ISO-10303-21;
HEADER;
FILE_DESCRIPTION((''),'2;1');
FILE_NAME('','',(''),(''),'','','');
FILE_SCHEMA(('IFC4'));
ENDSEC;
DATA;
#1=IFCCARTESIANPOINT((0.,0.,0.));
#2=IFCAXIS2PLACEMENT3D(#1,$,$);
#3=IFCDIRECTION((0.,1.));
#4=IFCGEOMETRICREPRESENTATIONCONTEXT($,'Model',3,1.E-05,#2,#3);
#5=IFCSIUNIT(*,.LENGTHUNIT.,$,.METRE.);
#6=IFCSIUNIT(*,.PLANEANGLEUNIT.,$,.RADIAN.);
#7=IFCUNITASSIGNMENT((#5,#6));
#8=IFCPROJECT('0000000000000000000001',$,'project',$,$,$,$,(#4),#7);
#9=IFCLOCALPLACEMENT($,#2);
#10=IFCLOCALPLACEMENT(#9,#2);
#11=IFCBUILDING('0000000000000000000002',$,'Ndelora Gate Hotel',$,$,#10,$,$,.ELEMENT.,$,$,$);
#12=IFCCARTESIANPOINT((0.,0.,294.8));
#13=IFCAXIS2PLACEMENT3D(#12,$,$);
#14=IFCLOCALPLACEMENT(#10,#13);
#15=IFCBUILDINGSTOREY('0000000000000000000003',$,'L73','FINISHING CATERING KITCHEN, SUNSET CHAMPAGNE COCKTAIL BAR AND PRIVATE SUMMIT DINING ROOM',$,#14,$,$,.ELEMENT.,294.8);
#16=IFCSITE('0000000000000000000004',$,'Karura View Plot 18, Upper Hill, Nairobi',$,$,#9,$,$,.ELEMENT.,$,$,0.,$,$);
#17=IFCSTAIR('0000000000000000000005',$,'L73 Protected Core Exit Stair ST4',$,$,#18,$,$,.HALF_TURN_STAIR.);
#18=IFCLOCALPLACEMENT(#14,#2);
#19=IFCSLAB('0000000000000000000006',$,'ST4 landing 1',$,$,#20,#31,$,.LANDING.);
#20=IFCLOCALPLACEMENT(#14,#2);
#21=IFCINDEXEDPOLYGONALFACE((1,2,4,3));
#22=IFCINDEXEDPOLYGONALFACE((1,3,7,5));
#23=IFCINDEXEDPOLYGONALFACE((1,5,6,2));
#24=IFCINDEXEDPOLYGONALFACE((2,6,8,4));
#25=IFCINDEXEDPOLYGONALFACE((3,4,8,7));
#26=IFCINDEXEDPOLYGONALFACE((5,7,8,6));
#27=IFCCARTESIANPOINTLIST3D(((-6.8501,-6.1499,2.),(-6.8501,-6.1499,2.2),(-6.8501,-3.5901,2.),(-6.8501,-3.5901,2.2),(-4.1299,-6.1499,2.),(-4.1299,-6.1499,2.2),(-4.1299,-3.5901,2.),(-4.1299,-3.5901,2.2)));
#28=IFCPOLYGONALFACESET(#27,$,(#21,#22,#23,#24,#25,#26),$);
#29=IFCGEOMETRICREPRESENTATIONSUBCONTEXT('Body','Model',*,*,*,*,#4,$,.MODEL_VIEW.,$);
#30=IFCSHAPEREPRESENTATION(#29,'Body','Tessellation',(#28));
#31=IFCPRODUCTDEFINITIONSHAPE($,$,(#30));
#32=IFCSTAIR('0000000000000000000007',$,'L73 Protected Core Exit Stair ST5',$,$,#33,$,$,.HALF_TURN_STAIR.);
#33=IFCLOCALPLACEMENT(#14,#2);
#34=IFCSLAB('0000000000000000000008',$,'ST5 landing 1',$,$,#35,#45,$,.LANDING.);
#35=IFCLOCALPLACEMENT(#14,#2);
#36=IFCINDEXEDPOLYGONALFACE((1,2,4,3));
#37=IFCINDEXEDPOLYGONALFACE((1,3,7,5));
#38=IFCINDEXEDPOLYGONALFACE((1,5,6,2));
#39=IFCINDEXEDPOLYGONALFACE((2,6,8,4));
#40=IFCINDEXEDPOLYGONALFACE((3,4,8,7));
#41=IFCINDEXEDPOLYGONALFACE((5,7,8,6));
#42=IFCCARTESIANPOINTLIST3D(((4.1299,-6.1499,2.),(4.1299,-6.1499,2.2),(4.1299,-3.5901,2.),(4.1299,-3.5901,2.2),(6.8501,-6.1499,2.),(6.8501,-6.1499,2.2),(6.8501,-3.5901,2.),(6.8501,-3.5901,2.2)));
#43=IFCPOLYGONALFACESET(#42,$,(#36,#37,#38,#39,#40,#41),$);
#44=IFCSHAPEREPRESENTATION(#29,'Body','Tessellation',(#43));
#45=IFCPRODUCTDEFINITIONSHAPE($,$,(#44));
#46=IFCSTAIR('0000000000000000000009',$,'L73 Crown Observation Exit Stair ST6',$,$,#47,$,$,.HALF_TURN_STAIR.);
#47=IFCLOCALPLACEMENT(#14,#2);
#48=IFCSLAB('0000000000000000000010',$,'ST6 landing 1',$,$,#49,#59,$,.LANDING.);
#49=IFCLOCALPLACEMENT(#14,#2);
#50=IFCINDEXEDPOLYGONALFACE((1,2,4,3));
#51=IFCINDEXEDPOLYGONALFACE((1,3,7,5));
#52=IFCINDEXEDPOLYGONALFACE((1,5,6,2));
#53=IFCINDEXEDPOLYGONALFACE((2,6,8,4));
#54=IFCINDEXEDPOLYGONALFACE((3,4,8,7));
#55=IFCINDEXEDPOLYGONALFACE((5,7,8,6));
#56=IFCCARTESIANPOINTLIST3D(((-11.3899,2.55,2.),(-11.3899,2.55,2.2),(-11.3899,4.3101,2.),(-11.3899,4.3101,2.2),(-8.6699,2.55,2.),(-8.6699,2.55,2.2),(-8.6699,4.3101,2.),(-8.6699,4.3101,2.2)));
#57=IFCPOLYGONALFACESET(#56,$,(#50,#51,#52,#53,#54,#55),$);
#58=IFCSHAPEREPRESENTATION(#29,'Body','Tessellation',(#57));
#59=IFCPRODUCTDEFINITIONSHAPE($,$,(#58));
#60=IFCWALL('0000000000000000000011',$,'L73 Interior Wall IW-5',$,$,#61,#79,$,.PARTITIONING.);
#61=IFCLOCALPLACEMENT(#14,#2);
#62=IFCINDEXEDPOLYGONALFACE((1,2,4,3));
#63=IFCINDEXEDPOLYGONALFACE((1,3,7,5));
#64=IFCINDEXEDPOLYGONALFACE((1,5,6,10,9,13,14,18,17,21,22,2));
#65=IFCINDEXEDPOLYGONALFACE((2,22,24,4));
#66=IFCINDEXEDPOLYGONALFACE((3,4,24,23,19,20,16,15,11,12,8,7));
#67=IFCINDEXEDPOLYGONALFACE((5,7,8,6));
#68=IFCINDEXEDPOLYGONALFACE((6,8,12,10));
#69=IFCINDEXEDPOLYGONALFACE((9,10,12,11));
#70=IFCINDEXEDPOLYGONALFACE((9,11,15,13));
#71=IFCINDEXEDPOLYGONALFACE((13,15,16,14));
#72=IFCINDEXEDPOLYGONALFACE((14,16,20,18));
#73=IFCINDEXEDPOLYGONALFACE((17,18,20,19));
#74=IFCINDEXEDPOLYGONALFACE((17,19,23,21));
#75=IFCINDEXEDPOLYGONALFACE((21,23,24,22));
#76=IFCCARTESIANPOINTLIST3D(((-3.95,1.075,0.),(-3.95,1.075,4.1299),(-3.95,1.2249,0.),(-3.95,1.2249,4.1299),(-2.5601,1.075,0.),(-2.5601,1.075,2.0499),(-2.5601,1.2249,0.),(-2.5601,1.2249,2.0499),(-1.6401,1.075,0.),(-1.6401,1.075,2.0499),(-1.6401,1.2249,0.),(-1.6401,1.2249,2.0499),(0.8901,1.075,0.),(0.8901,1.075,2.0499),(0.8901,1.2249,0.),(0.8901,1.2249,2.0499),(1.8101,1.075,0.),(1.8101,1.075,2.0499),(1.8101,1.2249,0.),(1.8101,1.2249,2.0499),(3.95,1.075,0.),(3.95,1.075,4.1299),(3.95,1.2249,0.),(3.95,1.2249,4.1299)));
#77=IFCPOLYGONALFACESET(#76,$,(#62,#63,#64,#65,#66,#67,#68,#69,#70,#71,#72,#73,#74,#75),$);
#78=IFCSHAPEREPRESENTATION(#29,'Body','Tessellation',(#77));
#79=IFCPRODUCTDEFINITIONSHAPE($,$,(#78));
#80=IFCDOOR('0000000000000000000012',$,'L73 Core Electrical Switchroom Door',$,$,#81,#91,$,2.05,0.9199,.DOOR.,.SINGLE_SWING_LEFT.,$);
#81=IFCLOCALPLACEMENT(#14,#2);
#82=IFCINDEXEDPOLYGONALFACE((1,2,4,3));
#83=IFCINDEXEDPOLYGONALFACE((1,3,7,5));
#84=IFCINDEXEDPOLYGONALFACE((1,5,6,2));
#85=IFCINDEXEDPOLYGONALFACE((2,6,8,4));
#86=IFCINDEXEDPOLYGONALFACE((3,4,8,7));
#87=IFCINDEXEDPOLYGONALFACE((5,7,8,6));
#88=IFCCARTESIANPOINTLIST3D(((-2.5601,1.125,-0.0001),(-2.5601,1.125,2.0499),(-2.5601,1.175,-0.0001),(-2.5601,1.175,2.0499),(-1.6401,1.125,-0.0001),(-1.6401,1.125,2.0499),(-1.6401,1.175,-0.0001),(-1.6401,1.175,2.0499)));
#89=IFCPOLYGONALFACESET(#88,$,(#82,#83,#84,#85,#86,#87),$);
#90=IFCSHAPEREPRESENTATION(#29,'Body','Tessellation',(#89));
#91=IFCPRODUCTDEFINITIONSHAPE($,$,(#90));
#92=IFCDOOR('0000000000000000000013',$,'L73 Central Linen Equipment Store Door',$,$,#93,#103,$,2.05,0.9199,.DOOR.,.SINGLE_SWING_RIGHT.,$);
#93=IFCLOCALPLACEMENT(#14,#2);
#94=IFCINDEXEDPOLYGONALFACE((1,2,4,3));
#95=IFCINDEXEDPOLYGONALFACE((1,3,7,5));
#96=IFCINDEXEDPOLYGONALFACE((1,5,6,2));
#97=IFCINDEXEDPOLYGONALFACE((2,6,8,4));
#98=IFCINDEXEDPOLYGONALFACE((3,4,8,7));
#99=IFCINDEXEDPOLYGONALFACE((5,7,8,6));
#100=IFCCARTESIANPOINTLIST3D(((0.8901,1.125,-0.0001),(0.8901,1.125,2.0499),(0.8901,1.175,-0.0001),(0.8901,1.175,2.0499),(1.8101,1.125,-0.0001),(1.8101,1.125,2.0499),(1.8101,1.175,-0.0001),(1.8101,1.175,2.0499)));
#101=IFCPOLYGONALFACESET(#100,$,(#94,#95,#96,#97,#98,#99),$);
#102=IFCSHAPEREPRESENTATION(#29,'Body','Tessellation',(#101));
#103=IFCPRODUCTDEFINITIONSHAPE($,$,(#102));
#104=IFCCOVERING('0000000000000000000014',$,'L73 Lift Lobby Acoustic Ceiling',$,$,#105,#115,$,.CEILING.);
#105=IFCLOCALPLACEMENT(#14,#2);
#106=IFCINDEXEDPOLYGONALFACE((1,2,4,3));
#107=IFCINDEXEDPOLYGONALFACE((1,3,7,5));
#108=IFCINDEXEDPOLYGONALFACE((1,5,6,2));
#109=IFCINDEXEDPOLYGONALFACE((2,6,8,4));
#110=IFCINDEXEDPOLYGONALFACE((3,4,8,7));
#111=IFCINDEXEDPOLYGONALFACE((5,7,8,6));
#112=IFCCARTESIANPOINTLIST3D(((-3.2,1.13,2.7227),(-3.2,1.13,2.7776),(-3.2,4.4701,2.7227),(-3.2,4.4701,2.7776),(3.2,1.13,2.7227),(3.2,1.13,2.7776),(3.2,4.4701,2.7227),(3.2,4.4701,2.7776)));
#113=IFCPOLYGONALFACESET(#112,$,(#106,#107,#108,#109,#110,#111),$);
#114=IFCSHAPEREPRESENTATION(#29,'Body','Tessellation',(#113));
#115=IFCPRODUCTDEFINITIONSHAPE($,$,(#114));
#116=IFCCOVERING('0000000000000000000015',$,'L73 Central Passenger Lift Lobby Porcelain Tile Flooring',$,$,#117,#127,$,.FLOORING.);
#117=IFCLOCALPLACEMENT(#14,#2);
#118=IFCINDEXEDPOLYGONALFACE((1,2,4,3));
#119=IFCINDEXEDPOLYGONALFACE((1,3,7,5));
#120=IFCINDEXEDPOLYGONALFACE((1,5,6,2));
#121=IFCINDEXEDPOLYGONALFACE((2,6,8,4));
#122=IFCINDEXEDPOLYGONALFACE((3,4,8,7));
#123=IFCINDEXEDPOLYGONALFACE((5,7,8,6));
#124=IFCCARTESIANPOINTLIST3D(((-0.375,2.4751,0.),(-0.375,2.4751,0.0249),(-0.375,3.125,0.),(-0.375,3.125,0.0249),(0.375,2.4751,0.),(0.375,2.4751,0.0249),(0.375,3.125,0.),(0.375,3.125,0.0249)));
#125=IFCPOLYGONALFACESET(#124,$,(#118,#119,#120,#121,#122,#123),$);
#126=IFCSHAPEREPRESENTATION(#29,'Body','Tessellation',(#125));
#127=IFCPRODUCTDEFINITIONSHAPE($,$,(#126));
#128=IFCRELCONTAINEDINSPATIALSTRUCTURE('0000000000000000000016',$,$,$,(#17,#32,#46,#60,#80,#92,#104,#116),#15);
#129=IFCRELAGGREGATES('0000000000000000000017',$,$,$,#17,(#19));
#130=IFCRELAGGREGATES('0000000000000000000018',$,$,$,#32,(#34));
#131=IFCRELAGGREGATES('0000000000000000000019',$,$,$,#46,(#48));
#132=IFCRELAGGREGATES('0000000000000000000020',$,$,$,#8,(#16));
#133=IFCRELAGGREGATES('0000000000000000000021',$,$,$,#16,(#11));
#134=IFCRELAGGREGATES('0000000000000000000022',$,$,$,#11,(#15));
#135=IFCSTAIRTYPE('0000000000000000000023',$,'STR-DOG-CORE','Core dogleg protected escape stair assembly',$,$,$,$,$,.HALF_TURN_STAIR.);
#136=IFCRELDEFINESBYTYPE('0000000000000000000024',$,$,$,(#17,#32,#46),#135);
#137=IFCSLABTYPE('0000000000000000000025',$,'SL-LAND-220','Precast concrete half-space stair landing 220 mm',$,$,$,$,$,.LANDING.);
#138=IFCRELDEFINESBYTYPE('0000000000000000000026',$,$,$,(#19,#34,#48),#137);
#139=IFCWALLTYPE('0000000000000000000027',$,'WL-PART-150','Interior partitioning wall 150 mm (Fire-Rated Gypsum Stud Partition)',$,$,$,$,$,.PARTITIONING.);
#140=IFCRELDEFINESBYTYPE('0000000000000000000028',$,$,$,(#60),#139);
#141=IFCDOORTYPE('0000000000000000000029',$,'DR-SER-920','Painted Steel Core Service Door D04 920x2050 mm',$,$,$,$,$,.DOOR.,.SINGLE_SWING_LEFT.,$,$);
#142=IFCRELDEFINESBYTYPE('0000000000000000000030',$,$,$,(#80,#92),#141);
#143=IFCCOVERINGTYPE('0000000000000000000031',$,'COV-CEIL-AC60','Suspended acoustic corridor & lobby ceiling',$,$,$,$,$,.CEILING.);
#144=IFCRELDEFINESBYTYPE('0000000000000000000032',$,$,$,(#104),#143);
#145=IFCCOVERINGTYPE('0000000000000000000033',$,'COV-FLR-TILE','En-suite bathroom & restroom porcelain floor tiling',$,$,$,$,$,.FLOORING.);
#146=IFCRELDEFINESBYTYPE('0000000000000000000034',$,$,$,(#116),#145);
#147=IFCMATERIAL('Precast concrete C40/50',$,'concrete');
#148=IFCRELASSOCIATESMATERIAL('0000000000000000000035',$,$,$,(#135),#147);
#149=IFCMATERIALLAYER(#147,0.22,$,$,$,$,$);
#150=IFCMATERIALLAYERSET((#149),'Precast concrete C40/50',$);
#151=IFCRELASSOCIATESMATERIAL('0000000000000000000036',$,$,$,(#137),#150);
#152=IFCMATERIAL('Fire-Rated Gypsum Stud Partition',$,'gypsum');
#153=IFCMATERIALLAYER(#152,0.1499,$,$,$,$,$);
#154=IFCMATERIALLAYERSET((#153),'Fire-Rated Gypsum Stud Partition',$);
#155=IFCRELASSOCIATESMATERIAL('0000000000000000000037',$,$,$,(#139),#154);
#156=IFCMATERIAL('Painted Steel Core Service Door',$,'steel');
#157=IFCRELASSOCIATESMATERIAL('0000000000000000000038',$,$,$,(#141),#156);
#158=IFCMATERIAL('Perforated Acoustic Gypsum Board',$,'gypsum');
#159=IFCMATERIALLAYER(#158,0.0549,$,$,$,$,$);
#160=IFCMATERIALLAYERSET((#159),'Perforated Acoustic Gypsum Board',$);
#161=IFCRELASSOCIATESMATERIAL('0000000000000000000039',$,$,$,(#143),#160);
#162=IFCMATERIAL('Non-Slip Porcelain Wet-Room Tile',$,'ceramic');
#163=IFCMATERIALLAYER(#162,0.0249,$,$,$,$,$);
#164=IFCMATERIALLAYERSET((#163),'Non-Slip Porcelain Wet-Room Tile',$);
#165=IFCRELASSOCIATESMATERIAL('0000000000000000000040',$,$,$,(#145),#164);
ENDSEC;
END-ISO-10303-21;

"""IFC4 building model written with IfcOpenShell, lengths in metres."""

from ifc_helpers import new_model, si_unit, direction, frame, frame_2d, origin, origin_2d, place, context, subcontext, project, spatial, polyline, rectangle, outline, extrude, material, layer, layer_set, type_object, element, fill, aggregate, save


model = new_model("IFC4")

# Units and contexts
model_context = context("Model", 3, precision=1e-05, world=origin(), true_north=direction((0.0, 1.0)))
body_context = subcontext(model_context, "Body", "Model", "MODEL_VIEW")
ifc_project = project(units=[si_unit("LENGTHUNIT", "METRE"), si_unit("PLANEANGLEUNIT", "RADIAN")], contexts=[model_context])

# Site, building, storey
site_placement = place(None, origin())
site = spatial("IfcSite", under=ifc_project, at=site_placement, Name="Karura View Plot 18, Upper Hill, Nairobi", CompositionType="ELEMENT", RefElevation=0.0)
building_placement = place(site_placement, origin())
building = spatial("IfcBuilding", under=site, at=building_placement, Name="Ndelora Gate Hotel", CompositionType="ELEMENT")
storey_placement = place(building_placement, frame((0.0, 0.0, 294.8)))
storey = spatial("IfcBuildingStorey", under=building, at=storey_placement, Name="L73", Description="FINISHING CATERING KITCHEN, SUNSET CHAMPAGNE COCKTAIL BAR AND PRIVATE SUMMIT DINING ROOM", CompositionType="ELEMENT", Elevation=294.8)

# Stairs, slabs
ifc_material_1 = material(Name="Precast concrete C40/50", Category="concrete")
stair_type = type_object("IfcStairType", Name="STR-DOG-CORE", Description="Core dogleg protected escape stair assembly", PredefinedType="HALF_TURN_STAIR", material=ifc_material_1)
stair_1_placement = place(storey_placement, origin())
stair_1 = element("IfcStair", 1, at=stair_1_placement, inside=storey, type_object=stair_type, Name="L73 Protected Core Exit Stair ST4", PredefinedType="HALF_TURN_STAIR")
ifc_layer_1 = layer(ifc_material_1, 0.22)
ifc_layer_set_1 = layer_set([ifc_layer_1], Name="Precast concrete C40/50")
slab_type = type_object("IfcSlabType", Name="SL-LAND-220", Description="Precast concrete half-space stair landing 220 mm", PredefinedType="LANDING", material=ifc_layer_set_1)
slab_1_placement = place(storey_placement, frame((0.0, 0.0, 2.0)))
slab_1 = element("IfcSlab", 2, at=slab_1_placement, type_object=slab_type, Name="ST4 landing 1", PredefinedType="LANDING", context=body_context, shape_type="SweptSolid", body=[
    extrude(outline(polyline([(-6.8501, -3.5901), (-6.8501, -6.1499), (-4.1299, -6.1499), (-4.1299, -3.5901), (-6.8501, -3.5901)])), origin(), (0.0, 0.0, 1.0), 0.2),
])
aggregate(stair_1, [slab_1])
stair_2_placement = place(storey_placement, origin())
stair_2 = element("IfcStair", 3, at=stair_2_placement, inside=storey, type_object=stair_type, Name="L73 Protected Core Exit Stair ST5", PredefinedType="HALF_TURN_STAIR")
slab_2_placement = place(storey_placement, frame((0.0, 0.0, 2.0)))
slab_2 = element("IfcSlab", 4, at=slab_2_placement, type_object=slab_type, Name="ST5 landing 1", PredefinedType="LANDING", context=body_context, shape_type="SweptSolid", body=[
    extrude(outline(polyline([(4.1299, -3.5901), (4.1299, -6.1499), (6.8501, -6.1499), (6.8501, -3.5901), (4.1299, -3.5901)])), origin(), (0.0, 0.0, 1.0), 0.2),
])
aggregate(stair_2, [slab_2])
stair_3_placement = place(storey_placement, origin())
stair_3 = element("IfcStair", 5, at=stair_3_placement, inside=storey, type_object=stair_type, Name="L73 Crown Observation Exit Stair ST6", PredefinedType="HALF_TURN_STAIR")
slab_3_placement = place(storey_placement, frame((0.0, 0.0, 2.0)))
slab_3 = element("IfcSlab", 6, at=slab_3_placement, type_object=slab_type, Name="ST6 landing 1", PredefinedType="LANDING", context=body_context, shape_type="SweptSolid", body=[
    extrude(outline(polyline([(-11.3899, 4.3101), (-11.3899, 2.55), (-8.6699, 2.55), (-8.6699, 4.3101), (-11.3899, 4.3101)])), origin(), (0.0, 0.0, 1.0), 0.2),
])
aggregate(stair_3, [slab_3])

# Wall, openings, doors
ifc_material_2 = material(Name="Fire-Rated Gypsum Stud Partition", Category="gypsum")
ifc_layer_2 = layer(ifc_material_2, 0.1499)
ifc_layer_set_2 = layer_set([ifc_layer_2], Name="Fire-Rated Gypsum Stud Partition")
wall_type_1 = type_object("IfcWallType", Name="WL-PART-150", Description="Interior partitioning wall 150 mm (Fire-Rated Gypsum Stud Partition)", PredefinedType="PARTITIONING", material=ifc_layer_set_2)
wall_1_placement = place(storey_placement, frame((3.95, 1.1499, 0.0), z_axis=(0.0, 0.0, 1.0), x_axis=(-1.0, 0.0, 0.0)))
wall_1 = element("IfcWall", 7, at=wall_1_placement, inside=storey, type_object=wall_type_1, Name="L73 Interior Wall IW-5", PredefinedType="PARTITIONING", context=body_context, shape_type="SweptSolid", body=[
    extrude(rectangle(XDim=7.8999, YDim=0.1499, at=frame_2d((3.95, 0.0))), origin(), (0.0, 0.0, 1.0), 4.1299),
])
opening_1_placement = place(wall_1_placement, frame((5.5901, 0.0, 0.0)))
opening_1 = element("IfcOpeningElement", 8, at=opening_1_placement, cuts=wall_1, PredefinedType="OPENING", context=body_context, shape_type="SweptSolid", body=[
    extrude(rectangle(XDim=0.9199, YDim=2.05, at=frame_2d((0.46, 1.0249))), frame((0.0, 0.085, 0.0), z_axis=(0.0, -1.0, 0.0), x_axis=(1.0, 0.0, 0.0)), (0.0, 0.0, 1.0), 0.1699),
])
opening_2_placement = place(wall_1_placement, frame((2.1399, 0.0, 0.0)))
opening_2 = element("IfcOpeningElement", 9, at=opening_2_placement, cuts=wall_1, PredefinedType="OPENING", context=body_context, shape_type="SweptSolid", body=[
    extrude(rectangle(XDim=0.9199, YDim=2.05, at=frame_2d((0.46, 1.0249))), frame((0.0, 0.085, 0.0), z_axis=(0.0, -1.0, 0.0), x_axis=(1.0, 0.0, 0.0)), (0.0, 0.0, 1.0), 0.1699),
])
ifc_material_3 = material(Name="Painted Steel Core Service Door", Category="steel")
door_type_1 = type_object("IfcDoorType", Name="DR-SER-920", Description="Painted Steel Core Service Door D04 920x2050 mm", OperationType="SINGLE_SWING_LEFT", PredefinedType="DOOR", material=ifc_material_3)
door_1_placement = place(opening_1_placement, origin())
door_1 = element("IfcDoor", 10, at=door_1_placement, inside=storey, type_object=door_type_1, Name="L73 Core Electrical Switchroom Door", OperationType="SINGLE_SWING_LEFT", OverallHeight=2.05, OverallWidth=0.9199, PredefinedType="DOOR", context=body_context, shape_type="SweptSolid", body=[
    extrude(rectangle(XDim=0.9199, YDim=2.05, at=frame_2d((0.46, 1.0249))), frame((0.0, 0.0249, 0.0), z_axis=(0.0, -1.0, 0.0), x_axis=(1.0, 0.0, 0.0)), (0.0, 0.0, 1.0), 0.05),
])
fill(opening_1, door_1)
door_2_placement = place(opening_2_placement, origin())
door_2 = element("IfcDoor", 11, at=door_2_placement, inside=storey, type_object=door_type_1, Name="L73 Central Linen Equipment Store Door", OperationType="SINGLE_SWING_RIGHT", OverallHeight=2.05, OverallWidth=0.9199, PredefinedType="DOOR", context=body_context, shape_type="SweptSolid", body=[
    extrude(rectangle(XDim=0.9199, YDim=2.05, at=frame_2d((0.46, 1.0249))), frame((0.0, 0.0249, 0.0), z_axis=(0.0, -1.0, 0.0), x_axis=(1.0, 0.0, 0.0)), (0.0, 0.0, 1.0), 0.05),
])
fill(opening_2, door_2)

# Coverings
ifc_material_4 = material(Name="Perforated Acoustic Gypsum Board", Category="gypsum")
ifc_layer_3 = layer(ifc_material_4, 0.0549)
ifc_layer_set_3 = layer_set([ifc_layer_3], Name="Perforated Acoustic Gypsum Board")
covering_type_1 = type_object("IfcCoveringType", Name="COV-CEIL-AC60", Description="Suspended acoustic corridor & lobby ceiling", PredefinedType="CEILING", material=ifc_layer_set_3)
covering_1_placement = place(storey_placement, frame((0.0, 2.8, 2.7227), z_axis=(0.0, 0.0, 1.0), x_axis=(1.0, 0.0, 0.0)))
element("IfcCovering", 12, at=covering_1_placement, inside=storey, type_object=covering_type_1, Name="L73 Lift Lobby Acoustic Ceiling", PredefinedType="CEILING", context=body_context, shape_type="SweptSolid", body=[
    extrude(rectangle(XDim=6.3999, YDim=3.3401, at=origin_2d()), origin(), (0.0, 0.0, 1.0), 0.0549),
])
ifc_material_5 = material(Name="Non-Slip Porcelain Wet-Room Tile", Category="ceramic")
ifc_layer_4 = layer(ifc_material_5, 0.0249)
ifc_layer_set_4 = layer_set([ifc_layer_4], Name="Non-Slip Porcelain Wet-Room Tile")
covering_type_2 = type_object("IfcCoveringType", Name="COV-FLR-TILE", Description="En-suite bathroom & restroom porcelain floor tiling", PredefinedType="FLOORING", material=ifc_layer_set_4)
covering_2_placement = place(storey_placement, frame((0.0, 2.8, 0.0), z_axis=(0.0, 0.0, 1.0), x_axis=(1.0, 0.0, 0.0)))
element("IfcCovering", 13, at=covering_2_placement, inside=storey, type_object=covering_type_2, Name="L73 Central Passenger Lift Lobby Porcelain Tile Flooring", PredefinedType="FLOORING", context=body_context, shape_type="SweptSolid", body=[
    extrude(rectangle(XDim=0.75, YDim=0.6499, at=origin_2d()), origin(), (0.0, 0.0, 1.0), 0.0249),
])

save(model, "model.ifc")
